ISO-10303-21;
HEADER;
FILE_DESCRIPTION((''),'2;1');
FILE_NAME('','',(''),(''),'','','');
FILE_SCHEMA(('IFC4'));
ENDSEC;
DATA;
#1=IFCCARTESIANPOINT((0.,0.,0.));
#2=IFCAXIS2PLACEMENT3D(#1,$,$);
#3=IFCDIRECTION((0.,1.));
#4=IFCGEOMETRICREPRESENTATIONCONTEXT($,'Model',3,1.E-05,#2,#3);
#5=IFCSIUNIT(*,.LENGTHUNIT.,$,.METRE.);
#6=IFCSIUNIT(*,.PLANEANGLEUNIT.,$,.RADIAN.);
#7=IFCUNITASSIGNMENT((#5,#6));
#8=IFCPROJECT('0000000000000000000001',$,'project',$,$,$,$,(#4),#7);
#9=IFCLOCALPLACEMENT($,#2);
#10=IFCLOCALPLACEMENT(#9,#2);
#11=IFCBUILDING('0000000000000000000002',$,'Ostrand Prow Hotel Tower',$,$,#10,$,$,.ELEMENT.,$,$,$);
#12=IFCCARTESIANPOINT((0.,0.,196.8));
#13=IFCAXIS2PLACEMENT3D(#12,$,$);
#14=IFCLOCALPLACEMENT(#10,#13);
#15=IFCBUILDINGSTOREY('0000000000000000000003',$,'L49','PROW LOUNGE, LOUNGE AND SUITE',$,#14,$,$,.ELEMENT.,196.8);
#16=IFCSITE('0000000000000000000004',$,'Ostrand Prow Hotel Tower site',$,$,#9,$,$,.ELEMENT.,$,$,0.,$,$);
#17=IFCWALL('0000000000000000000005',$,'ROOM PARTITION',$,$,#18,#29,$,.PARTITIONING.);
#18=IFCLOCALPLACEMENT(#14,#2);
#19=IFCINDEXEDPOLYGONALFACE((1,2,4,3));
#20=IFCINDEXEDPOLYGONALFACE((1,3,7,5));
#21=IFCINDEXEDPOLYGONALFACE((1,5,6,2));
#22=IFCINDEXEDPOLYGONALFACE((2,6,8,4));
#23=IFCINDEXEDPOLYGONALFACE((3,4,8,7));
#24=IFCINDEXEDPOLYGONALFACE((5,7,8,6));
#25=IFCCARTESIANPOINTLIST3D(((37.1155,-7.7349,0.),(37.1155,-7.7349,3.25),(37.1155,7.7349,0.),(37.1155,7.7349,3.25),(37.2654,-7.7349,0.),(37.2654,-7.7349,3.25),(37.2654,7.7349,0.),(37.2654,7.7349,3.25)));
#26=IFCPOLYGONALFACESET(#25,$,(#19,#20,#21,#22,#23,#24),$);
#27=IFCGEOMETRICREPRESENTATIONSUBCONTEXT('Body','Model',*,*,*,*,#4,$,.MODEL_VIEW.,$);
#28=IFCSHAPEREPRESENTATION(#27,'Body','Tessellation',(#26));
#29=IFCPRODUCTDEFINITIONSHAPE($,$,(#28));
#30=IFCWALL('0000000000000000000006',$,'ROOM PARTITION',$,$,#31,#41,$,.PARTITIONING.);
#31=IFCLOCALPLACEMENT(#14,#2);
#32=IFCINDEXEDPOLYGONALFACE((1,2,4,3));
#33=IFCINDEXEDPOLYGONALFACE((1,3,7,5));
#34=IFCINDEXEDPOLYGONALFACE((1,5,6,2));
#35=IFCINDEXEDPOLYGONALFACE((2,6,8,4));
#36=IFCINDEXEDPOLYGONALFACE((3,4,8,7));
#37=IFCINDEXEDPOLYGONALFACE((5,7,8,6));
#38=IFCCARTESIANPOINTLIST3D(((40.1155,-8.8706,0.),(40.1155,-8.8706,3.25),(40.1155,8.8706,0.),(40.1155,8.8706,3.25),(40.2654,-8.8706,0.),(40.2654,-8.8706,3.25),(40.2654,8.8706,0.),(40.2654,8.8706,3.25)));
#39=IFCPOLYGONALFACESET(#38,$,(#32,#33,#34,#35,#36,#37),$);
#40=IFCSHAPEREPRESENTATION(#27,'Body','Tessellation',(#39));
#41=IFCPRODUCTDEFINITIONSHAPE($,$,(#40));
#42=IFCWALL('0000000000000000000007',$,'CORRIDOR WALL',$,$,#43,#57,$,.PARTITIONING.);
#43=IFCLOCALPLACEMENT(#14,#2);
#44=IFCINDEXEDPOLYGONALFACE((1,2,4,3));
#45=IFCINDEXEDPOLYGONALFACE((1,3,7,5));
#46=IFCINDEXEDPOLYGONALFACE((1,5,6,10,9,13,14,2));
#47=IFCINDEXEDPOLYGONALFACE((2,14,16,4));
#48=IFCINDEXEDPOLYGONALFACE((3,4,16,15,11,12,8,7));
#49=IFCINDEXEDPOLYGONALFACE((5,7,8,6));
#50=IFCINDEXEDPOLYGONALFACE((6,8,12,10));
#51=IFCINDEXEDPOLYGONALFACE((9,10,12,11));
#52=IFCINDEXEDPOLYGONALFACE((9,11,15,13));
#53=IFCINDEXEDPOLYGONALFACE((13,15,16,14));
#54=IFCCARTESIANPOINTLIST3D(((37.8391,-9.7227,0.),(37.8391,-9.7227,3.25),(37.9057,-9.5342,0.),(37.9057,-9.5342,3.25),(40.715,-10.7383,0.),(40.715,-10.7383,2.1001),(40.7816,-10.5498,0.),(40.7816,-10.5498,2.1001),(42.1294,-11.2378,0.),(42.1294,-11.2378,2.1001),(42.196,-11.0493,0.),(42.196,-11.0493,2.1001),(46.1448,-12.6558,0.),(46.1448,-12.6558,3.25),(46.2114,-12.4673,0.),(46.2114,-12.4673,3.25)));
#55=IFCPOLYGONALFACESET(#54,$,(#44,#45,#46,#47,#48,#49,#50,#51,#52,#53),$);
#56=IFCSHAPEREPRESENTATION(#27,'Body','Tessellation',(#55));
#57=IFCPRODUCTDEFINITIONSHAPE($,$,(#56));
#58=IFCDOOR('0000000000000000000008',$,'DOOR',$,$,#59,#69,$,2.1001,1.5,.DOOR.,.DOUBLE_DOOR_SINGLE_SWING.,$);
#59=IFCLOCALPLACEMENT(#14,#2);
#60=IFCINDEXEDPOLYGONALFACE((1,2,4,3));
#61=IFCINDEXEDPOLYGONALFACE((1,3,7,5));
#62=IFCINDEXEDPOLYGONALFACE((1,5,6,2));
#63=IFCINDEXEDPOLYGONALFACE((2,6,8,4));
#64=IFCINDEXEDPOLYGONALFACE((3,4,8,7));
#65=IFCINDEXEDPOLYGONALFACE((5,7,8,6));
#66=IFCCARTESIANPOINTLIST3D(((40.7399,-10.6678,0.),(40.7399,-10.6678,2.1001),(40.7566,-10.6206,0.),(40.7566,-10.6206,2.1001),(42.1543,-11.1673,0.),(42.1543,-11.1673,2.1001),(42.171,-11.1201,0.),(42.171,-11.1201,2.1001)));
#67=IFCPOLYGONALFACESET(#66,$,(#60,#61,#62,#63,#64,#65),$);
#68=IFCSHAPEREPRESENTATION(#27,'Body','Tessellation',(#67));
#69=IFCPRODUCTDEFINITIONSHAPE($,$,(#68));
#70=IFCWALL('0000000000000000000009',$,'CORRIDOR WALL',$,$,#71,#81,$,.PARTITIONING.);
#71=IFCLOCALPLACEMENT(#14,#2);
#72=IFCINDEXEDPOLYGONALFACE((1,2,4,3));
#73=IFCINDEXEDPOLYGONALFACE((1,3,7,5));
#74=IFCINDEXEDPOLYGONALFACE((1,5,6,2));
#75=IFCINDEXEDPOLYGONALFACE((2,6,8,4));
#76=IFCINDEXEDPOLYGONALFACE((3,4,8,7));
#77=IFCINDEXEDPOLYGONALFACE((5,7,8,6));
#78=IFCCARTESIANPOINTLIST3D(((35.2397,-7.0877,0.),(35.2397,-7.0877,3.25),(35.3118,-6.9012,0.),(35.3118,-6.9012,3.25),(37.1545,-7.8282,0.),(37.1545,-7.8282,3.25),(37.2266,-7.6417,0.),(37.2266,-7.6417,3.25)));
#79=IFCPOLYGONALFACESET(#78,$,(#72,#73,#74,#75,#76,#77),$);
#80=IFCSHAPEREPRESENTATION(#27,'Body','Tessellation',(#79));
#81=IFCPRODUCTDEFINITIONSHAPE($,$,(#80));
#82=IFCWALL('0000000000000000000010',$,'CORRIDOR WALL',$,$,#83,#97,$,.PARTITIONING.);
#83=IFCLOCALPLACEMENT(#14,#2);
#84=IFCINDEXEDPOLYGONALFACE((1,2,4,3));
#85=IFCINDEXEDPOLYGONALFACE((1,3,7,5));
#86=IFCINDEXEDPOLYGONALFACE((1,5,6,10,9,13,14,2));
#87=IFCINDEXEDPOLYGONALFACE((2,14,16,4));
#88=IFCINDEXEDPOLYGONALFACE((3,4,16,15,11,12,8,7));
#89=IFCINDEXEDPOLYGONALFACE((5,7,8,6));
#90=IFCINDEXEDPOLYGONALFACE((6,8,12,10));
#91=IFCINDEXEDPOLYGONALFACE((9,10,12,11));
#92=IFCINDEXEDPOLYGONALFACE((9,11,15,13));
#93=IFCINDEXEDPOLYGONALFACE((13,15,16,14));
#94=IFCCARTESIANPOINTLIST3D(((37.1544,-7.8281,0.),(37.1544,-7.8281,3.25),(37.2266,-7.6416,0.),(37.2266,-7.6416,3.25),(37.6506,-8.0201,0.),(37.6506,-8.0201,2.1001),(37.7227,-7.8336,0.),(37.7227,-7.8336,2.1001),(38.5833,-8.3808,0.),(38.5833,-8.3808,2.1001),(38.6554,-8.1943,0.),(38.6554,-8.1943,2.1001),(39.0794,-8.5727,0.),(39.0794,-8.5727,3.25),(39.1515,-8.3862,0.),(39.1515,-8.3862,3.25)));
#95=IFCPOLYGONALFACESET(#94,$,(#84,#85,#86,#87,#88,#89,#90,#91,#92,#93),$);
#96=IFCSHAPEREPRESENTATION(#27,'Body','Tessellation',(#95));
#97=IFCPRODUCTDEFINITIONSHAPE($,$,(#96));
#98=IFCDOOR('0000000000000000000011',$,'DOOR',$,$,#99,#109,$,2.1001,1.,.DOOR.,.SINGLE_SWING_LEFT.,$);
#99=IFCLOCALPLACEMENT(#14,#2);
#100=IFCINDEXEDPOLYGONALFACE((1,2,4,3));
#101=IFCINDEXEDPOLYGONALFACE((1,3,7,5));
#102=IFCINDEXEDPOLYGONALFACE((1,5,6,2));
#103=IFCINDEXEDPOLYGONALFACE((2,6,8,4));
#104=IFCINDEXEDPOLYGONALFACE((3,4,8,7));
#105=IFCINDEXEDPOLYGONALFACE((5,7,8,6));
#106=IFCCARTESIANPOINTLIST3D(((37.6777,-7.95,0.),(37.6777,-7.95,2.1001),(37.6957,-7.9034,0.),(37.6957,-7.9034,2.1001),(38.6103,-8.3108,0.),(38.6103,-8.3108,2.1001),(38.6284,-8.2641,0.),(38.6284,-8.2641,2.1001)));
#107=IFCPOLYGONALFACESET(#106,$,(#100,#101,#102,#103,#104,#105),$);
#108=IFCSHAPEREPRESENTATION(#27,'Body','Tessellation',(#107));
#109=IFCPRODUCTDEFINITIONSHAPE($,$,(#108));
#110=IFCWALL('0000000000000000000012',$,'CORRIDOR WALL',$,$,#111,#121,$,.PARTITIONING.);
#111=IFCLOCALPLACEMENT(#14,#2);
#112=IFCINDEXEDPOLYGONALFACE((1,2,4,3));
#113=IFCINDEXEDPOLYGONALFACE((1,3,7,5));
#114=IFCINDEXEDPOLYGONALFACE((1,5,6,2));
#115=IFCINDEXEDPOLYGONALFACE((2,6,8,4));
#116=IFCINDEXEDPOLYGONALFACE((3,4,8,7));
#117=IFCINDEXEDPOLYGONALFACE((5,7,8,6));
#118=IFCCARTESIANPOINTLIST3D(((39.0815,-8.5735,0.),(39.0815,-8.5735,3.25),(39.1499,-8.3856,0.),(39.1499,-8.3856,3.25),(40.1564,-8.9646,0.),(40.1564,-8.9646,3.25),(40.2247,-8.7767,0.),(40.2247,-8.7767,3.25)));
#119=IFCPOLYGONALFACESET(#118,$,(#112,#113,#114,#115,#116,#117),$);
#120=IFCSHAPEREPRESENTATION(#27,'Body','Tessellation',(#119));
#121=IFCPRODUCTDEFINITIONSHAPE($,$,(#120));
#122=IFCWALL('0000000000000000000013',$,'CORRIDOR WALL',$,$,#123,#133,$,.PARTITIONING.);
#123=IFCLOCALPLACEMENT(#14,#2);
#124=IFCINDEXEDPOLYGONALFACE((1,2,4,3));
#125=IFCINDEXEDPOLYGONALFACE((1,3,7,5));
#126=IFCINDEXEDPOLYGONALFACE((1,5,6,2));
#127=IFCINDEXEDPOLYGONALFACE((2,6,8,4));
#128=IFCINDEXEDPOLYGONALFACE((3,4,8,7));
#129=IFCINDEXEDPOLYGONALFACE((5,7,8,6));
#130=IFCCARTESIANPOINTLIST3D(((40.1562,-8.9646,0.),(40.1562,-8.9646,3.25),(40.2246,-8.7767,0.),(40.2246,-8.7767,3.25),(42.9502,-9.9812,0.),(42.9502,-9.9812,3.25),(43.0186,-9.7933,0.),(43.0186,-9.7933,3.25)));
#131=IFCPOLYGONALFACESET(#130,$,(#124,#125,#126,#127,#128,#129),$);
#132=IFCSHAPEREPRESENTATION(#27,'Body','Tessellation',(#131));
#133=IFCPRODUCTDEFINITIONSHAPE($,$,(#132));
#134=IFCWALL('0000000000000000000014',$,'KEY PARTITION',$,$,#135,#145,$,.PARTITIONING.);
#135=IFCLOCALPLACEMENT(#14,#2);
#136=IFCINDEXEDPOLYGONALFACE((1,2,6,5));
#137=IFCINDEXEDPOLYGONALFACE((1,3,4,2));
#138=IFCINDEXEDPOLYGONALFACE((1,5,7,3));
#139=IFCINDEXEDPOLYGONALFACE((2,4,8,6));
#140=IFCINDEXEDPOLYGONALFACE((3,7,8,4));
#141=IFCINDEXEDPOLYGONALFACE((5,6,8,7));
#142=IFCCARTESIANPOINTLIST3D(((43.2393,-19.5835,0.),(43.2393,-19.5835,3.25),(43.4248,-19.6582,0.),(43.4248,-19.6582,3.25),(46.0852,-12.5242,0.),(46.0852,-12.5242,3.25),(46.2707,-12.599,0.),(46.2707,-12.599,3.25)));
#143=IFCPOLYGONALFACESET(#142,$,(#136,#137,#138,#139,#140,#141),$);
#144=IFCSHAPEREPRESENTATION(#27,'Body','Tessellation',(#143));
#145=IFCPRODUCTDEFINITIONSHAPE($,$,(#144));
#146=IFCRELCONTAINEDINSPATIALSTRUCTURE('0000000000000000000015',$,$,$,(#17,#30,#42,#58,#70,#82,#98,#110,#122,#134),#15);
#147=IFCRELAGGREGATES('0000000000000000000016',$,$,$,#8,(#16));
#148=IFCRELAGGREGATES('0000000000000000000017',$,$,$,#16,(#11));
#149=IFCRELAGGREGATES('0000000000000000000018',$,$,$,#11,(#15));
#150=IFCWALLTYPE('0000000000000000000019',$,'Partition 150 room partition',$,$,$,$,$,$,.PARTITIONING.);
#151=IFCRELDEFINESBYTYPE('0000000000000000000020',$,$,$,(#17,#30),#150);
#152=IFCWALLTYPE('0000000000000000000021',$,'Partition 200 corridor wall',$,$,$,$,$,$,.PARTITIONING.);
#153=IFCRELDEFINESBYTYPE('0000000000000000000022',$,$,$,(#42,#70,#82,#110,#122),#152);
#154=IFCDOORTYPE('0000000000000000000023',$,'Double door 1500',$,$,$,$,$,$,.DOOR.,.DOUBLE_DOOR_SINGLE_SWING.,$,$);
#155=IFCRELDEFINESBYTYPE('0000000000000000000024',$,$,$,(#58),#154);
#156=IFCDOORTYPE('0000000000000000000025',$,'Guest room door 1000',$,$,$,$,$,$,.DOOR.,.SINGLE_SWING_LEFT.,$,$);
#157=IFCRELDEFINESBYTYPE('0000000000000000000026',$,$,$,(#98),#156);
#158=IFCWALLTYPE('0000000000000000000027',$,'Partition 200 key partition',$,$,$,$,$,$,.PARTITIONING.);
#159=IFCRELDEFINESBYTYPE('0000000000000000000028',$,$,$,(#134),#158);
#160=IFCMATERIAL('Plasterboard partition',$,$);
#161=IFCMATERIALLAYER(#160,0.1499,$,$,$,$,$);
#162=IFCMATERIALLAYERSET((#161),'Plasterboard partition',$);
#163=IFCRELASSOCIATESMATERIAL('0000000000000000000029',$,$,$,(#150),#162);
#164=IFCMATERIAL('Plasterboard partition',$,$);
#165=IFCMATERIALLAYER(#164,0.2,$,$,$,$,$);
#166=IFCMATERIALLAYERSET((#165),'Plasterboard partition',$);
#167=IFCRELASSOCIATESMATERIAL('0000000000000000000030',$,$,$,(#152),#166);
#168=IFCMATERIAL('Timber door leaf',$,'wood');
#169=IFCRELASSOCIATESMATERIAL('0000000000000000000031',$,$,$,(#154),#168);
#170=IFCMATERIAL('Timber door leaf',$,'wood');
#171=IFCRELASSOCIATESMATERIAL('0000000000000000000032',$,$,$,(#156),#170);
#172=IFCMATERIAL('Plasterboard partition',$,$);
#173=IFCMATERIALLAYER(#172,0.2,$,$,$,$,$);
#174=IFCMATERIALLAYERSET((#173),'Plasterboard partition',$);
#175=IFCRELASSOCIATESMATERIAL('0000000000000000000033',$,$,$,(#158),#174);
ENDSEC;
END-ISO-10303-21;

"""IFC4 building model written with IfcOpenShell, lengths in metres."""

from ifc_helpers import new_model, si_unit, direction, frame, frame_2d, origin, place, context, subcontext, project, spatial, rectangle, extrude, material, layer, layer_set, type_object, element, fill, save


model = new_model("IFC4")

# Units and contexts
model_context = context("Model", 3, precision=1e-05, world=origin(), true_north=direction((0.0, 1.0)))
body_context = subcontext(model_context, "Body", "Model", "MODEL_VIEW")
ifc_project = project(units=[si_unit("LENGTHUNIT", "METRE"), si_unit("PLANEANGLEUNIT", "RADIAN")], contexts=[model_context])

# Site, building, storey
site_placement = place(None, origin())
site = spatial("IfcSite", under=ifc_project, at=site_placement, Name="Ostrand Prow Hotel Tower site", CompositionType="ELEMENT", RefElevation=0.0)
building_placement = place(site_placement, origin())
building = spatial("IfcBuilding", under=site, at=building_placement, Name="Ostrand Prow Hotel Tower", CompositionType="ELEMENT")
storey_placement = place(building_placement, frame((0.0, 0.0, 196.8)))
storey = spatial("IfcBuildingStorey", under=building, at=storey_placement, Name="L49", Description="PROW LOUNGE, LOUNGE AND SUITE", CompositionType="ELEMENT", Elevation=196.8)

# Walls
ifc_material_1 = material(Name="Plasterboard partition")
ifc_layer_1 = layer(ifc_material_1, 0.1499)
ifc_layer_set_1 = layer_set([ifc_layer_1], Name="Plasterboard partition")
wall_type_1 = type_object("IfcWallType", Name="Partition 150 room partition", PredefinedType="PARTITIONING", material=ifc_layer_set_1)
wall_1_placement = place(storey_placement, frame((37.1904, -7.7349, 0.0), z_axis=(0.0, 0.0, 1.0), x_axis=(0.0, 1.0, 0.0)))
element("IfcWall", 1, at=wall_1_placement, inside=storey, type_object=wall_type_1, Name="ROOM PARTITION", PredefinedType="PARTITIONING", context=body_context, shape_type="SweptSolid", body=[
    extrude(rectangle(XDim=15.4697, YDim=0.1499, at=frame_2d((7.7349, 0.0))), origin(), (0.0, 0.0, 1.0), 3.25),
])
wall_2_placement = place(storey_placement, frame((40.1904, -8.8706, 0.0), z_axis=(0.0, 0.0, 1.0), x_axis=(0.0, 1.0, 0.0)))
element("IfcWall", 2, at=wall_2_placement, inside=storey, type_object=wall_type_1, Name="ROOM PARTITION", PredefinedType="PARTITIONING", context=body_context, shape_type="SweptSolid", body=[
    extrude(rectangle(XDim=17.7412, YDim=0.1499, at=frame_2d((8.8706, 0.0))), origin(), (0.0, 0.0, 1.0), 3.25),
])

# Wall, opening, door
ifc_material_2 = material(Name="Plasterboard partition")
ifc_layer_2 = layer(ifc_material_2, 0.2)
ifc_layer_set_2 = layer_set([ifc_layer_2], Name="Plasterboard partition")
wall_type_2 = type_object("IfcWallType", Name="Partition 200 corridor wall", PredefinedType="PARTITIONING", material=ifc_layer_set_2)
wall_3_placement = place(storey_placement, frame((37.8723, -9.6284, 0.0), z_axis=(0.0, 0.0, 1.0), x_axis=(0.94293, -0.332991, 0.0)))
wall_3 = element("IfcWall", 3, at=wall_3_placement, inside=storey, type_object=wall_type_2, Name="CORRIDOR WALL", PredefinedType="PARTITIONING", context=body_context, shape_type="SweptSolid", body=[
    extrude(rectangle(XDim=8.8083, YDim=0.2, at=frame_2d((4.4043, 0.0))), origin(), (0.0, 0.0, 1.0), 3.25),
])
opening_1_placement = place(wall_3_placement, frame((3.05, 0.0, 0.0)))
opening_1 = element("IfcOpeningElement", 4, at=opening_1_placement, cuts=wall_3, PredefinedType="OPENING", context=body_context, shape_type="SweptSolid", body=[
    extrude(rectangle(XDim=1.5, YDim=2.1001, at=frame_2d((0.75, 1.05))), frame((0.0, 0.1099, 0.0), z_axis=(0.0, -1.0, 0.0), x_axis=(1.0, 0.0, 0.0)), (0.0, 0.0, 1.0), 0.22),
])
ifc_material_3 = material(Name="Timber door leaf", Category="wood")
door_type_1 = type_object("IfcDoorType", Name="Double door 1500", OperationType="DOUBLE_DOOR_SINGLE_SWING", PredefinedType="DOOR", material=ifc_material_3)
door_1_placement = place(opening_1_placement, origin())
door_1 = element("IfcDoor", 5, at=door_1_placement, inside=storey, type_object=door_type_1, Name="DOOR", OperationType="DOUBLE_DOOR_SINGLE_SWING", OverallHeight=2.1001, OverallWidth=1.5, PredefinedType="DOOR", context=body_context, shape_type="SweptSolid", body=[
    extrude(rectangle(XDim=1.5, YDim=2.1001, at=frame_2d((0.75, 1.05))), frame((0.0, 0.0249, 0.0), z_axis=(0.0, -1.0, 0.0), x_axis=(1.0, 0.0, 0.0)), (0.0, 0.0, 1.0), 0.05),
])
fill(opening_1, door_1)

# Wall
wall_4_placement = place(storey_placement, frame((37.1904, -7.7349, 0.0), z_axis=(0.0, 0.0, 1.0), x_axis=(-0.932688, 0.360684, 0.0)))
element("IfcWall", 6, at=wall_4_placement, inside=storey, type_object=wall_type_2, Name="CORRIDOR WALL", PredefinedType="PARTITIONING", context=body_context, shape_type="SweptSolid", body=[
    extrude(rectangle(XDim=2.053, YDim=0.2, at=frame_2d((1.0264, 0.0))), origin(), (0.0, 0.0, 1.0), 3.25),
])

# Wall, opening, door
wall_5_placement = place(storey_placement, frame((39.1155, -8.4795, 0.0), z_axis=(0.0, 0.0, 1.0), x_axis=(-0.932658, 0.360762, 0.0)))
wall_5 = element("IfcWall", 7, at=wall_5_placement, inside=storey, type_object=wall_type_2, Name="CORRIDOR WALL", PredefinedType="PARTITIONING", context=body_context, shape_type="SweptSolid", body=[
    extrude(rectangle(XDim=2.064, YDim=0.2, at=frame_2d((1.032, 0.0))), origin(), (0.0, 0.0, 1.0), 3.25),
])
opening_2_placement = place(wall_5_placement, frame((0.532, 0.0, 0.0)))
opening_2 = element("IfcOpeningElement", 8, at=opening_2_placement, cuts=wall_5, PredefinedType="OPENING", context=body_context, shape_type="SweptSolid", body=[
    extrude(rectangle(XDim=1.0, YDim=2.1001, at=frame_2d((0.5, 1.05))), frame((0.0, 0.1099, 0.0), z_axis=(0.0, -1.0, 0.0), x_axis=(1.0, 0.0, 0.0)), (0.0, 0.0, 1.0), 0.22),
])
ifc_material_4 = material(Name="Timber door leaf", Category="wood")
door_type_2 = type_object("IfcDoorType", Name="Guest room door 1000", OperationType="SINGLE_SWING_LEFT", PredefinedType="DOOR", material=ifc_material_4)
door_2_placement = place(opening_2_placement, origin())
door_2 = element("IfcDoor", 9, at=door_2_placement, inside=storey, type_object=door_type_2, Name="DOOR", OperationType="SINGLE_SWING_LEFT", OverallHeight=2.1001, OverallWidth=1.0, PredefinedType="DOOR", context=body_context, shape_type="SweptSolid", body=[
    extrude(rectangle(XDim=1.0, YDim=2.1001, at=frame_2d((0.5, 1.05))), frame((0.0, 0.0249, 0.0), z_axis=(0.0, -1.0, 0.0), x_axis=(1.0, 0.0, 0.0)), (0.0, 0.0, 1.0), 0.05),
])
fill(opening_2, door_2)

# Walls
wall_6_placement = place(storey_placement, frame((40.1904, -8.8706, 0.0), z_axis=(0.0, 0.0, 1.0), x_axis=(-0.939731, 0.341914, 0.0)))
element("IfcWall", 10, at=wall_6_placement, inside=storey, type_object=wall_type_2, Name="CORRIDOR WALL", PredefinedType="PARTITIONING", context=body_context, shape_type="SweptSolid", body=[
    extrude(rectangle(XDim=1.1438, YDim=0.2, at=frame_2d((0.5718, 0.0))), origin(), (0.0, 0.0, 1.0), 3.25),
])
wall_7_placement = place(storey_placement, frame((42.9844, -9.8872, 0.0), z_axis=(0.0, 0.0, 1.0), x_axis=(-0.939726, 0.341928, 0.0)))
element("IfcWall", 11, at=wall_7_placement, inside=storey, type_object=wall_type_2, Name="CORRIDOR WALL", PredefinedType="PARTITIONING", context=body_context, shape_type="SweptSolid", body=[
    extrude(rectangle(XDim=2.9731, YDim=0.2, at=frame_2d((1.4866, 0.0))), origin(), (0.0, 0.0, 1.0), 3.25),
])
ifc_material_5 = material(Name="Plasterboard partition")
ifc_layer_3 = layer(ifc_material_5, 0.2)
ifc_layer_set_3 = layer_set([ifc_layer_3], Name="Plasterboard partition")
wall_type_3 = type_object("IfcWallType", Name="Partition 200 key partition", PredefinedType="PARTITIONING", material=ifc_layer_set_3)
wall_8_placement = place(storey_placement, frame((43.332, -19.6208, 0.0), z_axis=(0.0, 0.0, 1.0), x_axis=(0.373906, 0.927467, 0.0)))
element("IfcWall", 12, at=wall_8_placement, inside=storey, type_object=wall_type_3, Name="KEY PARTITION", PredefinedType="PARTITIONING", context=body_context, shape_type="SweptSolid", body=[
    extrude(rectangle(XDim=7.6113, YDim=0.2, at=frame_2d((3.8057, 0.0))), origin(), (0.0, 0.0, 1.0), 3.25),
])

save(model, "model.ifc")
